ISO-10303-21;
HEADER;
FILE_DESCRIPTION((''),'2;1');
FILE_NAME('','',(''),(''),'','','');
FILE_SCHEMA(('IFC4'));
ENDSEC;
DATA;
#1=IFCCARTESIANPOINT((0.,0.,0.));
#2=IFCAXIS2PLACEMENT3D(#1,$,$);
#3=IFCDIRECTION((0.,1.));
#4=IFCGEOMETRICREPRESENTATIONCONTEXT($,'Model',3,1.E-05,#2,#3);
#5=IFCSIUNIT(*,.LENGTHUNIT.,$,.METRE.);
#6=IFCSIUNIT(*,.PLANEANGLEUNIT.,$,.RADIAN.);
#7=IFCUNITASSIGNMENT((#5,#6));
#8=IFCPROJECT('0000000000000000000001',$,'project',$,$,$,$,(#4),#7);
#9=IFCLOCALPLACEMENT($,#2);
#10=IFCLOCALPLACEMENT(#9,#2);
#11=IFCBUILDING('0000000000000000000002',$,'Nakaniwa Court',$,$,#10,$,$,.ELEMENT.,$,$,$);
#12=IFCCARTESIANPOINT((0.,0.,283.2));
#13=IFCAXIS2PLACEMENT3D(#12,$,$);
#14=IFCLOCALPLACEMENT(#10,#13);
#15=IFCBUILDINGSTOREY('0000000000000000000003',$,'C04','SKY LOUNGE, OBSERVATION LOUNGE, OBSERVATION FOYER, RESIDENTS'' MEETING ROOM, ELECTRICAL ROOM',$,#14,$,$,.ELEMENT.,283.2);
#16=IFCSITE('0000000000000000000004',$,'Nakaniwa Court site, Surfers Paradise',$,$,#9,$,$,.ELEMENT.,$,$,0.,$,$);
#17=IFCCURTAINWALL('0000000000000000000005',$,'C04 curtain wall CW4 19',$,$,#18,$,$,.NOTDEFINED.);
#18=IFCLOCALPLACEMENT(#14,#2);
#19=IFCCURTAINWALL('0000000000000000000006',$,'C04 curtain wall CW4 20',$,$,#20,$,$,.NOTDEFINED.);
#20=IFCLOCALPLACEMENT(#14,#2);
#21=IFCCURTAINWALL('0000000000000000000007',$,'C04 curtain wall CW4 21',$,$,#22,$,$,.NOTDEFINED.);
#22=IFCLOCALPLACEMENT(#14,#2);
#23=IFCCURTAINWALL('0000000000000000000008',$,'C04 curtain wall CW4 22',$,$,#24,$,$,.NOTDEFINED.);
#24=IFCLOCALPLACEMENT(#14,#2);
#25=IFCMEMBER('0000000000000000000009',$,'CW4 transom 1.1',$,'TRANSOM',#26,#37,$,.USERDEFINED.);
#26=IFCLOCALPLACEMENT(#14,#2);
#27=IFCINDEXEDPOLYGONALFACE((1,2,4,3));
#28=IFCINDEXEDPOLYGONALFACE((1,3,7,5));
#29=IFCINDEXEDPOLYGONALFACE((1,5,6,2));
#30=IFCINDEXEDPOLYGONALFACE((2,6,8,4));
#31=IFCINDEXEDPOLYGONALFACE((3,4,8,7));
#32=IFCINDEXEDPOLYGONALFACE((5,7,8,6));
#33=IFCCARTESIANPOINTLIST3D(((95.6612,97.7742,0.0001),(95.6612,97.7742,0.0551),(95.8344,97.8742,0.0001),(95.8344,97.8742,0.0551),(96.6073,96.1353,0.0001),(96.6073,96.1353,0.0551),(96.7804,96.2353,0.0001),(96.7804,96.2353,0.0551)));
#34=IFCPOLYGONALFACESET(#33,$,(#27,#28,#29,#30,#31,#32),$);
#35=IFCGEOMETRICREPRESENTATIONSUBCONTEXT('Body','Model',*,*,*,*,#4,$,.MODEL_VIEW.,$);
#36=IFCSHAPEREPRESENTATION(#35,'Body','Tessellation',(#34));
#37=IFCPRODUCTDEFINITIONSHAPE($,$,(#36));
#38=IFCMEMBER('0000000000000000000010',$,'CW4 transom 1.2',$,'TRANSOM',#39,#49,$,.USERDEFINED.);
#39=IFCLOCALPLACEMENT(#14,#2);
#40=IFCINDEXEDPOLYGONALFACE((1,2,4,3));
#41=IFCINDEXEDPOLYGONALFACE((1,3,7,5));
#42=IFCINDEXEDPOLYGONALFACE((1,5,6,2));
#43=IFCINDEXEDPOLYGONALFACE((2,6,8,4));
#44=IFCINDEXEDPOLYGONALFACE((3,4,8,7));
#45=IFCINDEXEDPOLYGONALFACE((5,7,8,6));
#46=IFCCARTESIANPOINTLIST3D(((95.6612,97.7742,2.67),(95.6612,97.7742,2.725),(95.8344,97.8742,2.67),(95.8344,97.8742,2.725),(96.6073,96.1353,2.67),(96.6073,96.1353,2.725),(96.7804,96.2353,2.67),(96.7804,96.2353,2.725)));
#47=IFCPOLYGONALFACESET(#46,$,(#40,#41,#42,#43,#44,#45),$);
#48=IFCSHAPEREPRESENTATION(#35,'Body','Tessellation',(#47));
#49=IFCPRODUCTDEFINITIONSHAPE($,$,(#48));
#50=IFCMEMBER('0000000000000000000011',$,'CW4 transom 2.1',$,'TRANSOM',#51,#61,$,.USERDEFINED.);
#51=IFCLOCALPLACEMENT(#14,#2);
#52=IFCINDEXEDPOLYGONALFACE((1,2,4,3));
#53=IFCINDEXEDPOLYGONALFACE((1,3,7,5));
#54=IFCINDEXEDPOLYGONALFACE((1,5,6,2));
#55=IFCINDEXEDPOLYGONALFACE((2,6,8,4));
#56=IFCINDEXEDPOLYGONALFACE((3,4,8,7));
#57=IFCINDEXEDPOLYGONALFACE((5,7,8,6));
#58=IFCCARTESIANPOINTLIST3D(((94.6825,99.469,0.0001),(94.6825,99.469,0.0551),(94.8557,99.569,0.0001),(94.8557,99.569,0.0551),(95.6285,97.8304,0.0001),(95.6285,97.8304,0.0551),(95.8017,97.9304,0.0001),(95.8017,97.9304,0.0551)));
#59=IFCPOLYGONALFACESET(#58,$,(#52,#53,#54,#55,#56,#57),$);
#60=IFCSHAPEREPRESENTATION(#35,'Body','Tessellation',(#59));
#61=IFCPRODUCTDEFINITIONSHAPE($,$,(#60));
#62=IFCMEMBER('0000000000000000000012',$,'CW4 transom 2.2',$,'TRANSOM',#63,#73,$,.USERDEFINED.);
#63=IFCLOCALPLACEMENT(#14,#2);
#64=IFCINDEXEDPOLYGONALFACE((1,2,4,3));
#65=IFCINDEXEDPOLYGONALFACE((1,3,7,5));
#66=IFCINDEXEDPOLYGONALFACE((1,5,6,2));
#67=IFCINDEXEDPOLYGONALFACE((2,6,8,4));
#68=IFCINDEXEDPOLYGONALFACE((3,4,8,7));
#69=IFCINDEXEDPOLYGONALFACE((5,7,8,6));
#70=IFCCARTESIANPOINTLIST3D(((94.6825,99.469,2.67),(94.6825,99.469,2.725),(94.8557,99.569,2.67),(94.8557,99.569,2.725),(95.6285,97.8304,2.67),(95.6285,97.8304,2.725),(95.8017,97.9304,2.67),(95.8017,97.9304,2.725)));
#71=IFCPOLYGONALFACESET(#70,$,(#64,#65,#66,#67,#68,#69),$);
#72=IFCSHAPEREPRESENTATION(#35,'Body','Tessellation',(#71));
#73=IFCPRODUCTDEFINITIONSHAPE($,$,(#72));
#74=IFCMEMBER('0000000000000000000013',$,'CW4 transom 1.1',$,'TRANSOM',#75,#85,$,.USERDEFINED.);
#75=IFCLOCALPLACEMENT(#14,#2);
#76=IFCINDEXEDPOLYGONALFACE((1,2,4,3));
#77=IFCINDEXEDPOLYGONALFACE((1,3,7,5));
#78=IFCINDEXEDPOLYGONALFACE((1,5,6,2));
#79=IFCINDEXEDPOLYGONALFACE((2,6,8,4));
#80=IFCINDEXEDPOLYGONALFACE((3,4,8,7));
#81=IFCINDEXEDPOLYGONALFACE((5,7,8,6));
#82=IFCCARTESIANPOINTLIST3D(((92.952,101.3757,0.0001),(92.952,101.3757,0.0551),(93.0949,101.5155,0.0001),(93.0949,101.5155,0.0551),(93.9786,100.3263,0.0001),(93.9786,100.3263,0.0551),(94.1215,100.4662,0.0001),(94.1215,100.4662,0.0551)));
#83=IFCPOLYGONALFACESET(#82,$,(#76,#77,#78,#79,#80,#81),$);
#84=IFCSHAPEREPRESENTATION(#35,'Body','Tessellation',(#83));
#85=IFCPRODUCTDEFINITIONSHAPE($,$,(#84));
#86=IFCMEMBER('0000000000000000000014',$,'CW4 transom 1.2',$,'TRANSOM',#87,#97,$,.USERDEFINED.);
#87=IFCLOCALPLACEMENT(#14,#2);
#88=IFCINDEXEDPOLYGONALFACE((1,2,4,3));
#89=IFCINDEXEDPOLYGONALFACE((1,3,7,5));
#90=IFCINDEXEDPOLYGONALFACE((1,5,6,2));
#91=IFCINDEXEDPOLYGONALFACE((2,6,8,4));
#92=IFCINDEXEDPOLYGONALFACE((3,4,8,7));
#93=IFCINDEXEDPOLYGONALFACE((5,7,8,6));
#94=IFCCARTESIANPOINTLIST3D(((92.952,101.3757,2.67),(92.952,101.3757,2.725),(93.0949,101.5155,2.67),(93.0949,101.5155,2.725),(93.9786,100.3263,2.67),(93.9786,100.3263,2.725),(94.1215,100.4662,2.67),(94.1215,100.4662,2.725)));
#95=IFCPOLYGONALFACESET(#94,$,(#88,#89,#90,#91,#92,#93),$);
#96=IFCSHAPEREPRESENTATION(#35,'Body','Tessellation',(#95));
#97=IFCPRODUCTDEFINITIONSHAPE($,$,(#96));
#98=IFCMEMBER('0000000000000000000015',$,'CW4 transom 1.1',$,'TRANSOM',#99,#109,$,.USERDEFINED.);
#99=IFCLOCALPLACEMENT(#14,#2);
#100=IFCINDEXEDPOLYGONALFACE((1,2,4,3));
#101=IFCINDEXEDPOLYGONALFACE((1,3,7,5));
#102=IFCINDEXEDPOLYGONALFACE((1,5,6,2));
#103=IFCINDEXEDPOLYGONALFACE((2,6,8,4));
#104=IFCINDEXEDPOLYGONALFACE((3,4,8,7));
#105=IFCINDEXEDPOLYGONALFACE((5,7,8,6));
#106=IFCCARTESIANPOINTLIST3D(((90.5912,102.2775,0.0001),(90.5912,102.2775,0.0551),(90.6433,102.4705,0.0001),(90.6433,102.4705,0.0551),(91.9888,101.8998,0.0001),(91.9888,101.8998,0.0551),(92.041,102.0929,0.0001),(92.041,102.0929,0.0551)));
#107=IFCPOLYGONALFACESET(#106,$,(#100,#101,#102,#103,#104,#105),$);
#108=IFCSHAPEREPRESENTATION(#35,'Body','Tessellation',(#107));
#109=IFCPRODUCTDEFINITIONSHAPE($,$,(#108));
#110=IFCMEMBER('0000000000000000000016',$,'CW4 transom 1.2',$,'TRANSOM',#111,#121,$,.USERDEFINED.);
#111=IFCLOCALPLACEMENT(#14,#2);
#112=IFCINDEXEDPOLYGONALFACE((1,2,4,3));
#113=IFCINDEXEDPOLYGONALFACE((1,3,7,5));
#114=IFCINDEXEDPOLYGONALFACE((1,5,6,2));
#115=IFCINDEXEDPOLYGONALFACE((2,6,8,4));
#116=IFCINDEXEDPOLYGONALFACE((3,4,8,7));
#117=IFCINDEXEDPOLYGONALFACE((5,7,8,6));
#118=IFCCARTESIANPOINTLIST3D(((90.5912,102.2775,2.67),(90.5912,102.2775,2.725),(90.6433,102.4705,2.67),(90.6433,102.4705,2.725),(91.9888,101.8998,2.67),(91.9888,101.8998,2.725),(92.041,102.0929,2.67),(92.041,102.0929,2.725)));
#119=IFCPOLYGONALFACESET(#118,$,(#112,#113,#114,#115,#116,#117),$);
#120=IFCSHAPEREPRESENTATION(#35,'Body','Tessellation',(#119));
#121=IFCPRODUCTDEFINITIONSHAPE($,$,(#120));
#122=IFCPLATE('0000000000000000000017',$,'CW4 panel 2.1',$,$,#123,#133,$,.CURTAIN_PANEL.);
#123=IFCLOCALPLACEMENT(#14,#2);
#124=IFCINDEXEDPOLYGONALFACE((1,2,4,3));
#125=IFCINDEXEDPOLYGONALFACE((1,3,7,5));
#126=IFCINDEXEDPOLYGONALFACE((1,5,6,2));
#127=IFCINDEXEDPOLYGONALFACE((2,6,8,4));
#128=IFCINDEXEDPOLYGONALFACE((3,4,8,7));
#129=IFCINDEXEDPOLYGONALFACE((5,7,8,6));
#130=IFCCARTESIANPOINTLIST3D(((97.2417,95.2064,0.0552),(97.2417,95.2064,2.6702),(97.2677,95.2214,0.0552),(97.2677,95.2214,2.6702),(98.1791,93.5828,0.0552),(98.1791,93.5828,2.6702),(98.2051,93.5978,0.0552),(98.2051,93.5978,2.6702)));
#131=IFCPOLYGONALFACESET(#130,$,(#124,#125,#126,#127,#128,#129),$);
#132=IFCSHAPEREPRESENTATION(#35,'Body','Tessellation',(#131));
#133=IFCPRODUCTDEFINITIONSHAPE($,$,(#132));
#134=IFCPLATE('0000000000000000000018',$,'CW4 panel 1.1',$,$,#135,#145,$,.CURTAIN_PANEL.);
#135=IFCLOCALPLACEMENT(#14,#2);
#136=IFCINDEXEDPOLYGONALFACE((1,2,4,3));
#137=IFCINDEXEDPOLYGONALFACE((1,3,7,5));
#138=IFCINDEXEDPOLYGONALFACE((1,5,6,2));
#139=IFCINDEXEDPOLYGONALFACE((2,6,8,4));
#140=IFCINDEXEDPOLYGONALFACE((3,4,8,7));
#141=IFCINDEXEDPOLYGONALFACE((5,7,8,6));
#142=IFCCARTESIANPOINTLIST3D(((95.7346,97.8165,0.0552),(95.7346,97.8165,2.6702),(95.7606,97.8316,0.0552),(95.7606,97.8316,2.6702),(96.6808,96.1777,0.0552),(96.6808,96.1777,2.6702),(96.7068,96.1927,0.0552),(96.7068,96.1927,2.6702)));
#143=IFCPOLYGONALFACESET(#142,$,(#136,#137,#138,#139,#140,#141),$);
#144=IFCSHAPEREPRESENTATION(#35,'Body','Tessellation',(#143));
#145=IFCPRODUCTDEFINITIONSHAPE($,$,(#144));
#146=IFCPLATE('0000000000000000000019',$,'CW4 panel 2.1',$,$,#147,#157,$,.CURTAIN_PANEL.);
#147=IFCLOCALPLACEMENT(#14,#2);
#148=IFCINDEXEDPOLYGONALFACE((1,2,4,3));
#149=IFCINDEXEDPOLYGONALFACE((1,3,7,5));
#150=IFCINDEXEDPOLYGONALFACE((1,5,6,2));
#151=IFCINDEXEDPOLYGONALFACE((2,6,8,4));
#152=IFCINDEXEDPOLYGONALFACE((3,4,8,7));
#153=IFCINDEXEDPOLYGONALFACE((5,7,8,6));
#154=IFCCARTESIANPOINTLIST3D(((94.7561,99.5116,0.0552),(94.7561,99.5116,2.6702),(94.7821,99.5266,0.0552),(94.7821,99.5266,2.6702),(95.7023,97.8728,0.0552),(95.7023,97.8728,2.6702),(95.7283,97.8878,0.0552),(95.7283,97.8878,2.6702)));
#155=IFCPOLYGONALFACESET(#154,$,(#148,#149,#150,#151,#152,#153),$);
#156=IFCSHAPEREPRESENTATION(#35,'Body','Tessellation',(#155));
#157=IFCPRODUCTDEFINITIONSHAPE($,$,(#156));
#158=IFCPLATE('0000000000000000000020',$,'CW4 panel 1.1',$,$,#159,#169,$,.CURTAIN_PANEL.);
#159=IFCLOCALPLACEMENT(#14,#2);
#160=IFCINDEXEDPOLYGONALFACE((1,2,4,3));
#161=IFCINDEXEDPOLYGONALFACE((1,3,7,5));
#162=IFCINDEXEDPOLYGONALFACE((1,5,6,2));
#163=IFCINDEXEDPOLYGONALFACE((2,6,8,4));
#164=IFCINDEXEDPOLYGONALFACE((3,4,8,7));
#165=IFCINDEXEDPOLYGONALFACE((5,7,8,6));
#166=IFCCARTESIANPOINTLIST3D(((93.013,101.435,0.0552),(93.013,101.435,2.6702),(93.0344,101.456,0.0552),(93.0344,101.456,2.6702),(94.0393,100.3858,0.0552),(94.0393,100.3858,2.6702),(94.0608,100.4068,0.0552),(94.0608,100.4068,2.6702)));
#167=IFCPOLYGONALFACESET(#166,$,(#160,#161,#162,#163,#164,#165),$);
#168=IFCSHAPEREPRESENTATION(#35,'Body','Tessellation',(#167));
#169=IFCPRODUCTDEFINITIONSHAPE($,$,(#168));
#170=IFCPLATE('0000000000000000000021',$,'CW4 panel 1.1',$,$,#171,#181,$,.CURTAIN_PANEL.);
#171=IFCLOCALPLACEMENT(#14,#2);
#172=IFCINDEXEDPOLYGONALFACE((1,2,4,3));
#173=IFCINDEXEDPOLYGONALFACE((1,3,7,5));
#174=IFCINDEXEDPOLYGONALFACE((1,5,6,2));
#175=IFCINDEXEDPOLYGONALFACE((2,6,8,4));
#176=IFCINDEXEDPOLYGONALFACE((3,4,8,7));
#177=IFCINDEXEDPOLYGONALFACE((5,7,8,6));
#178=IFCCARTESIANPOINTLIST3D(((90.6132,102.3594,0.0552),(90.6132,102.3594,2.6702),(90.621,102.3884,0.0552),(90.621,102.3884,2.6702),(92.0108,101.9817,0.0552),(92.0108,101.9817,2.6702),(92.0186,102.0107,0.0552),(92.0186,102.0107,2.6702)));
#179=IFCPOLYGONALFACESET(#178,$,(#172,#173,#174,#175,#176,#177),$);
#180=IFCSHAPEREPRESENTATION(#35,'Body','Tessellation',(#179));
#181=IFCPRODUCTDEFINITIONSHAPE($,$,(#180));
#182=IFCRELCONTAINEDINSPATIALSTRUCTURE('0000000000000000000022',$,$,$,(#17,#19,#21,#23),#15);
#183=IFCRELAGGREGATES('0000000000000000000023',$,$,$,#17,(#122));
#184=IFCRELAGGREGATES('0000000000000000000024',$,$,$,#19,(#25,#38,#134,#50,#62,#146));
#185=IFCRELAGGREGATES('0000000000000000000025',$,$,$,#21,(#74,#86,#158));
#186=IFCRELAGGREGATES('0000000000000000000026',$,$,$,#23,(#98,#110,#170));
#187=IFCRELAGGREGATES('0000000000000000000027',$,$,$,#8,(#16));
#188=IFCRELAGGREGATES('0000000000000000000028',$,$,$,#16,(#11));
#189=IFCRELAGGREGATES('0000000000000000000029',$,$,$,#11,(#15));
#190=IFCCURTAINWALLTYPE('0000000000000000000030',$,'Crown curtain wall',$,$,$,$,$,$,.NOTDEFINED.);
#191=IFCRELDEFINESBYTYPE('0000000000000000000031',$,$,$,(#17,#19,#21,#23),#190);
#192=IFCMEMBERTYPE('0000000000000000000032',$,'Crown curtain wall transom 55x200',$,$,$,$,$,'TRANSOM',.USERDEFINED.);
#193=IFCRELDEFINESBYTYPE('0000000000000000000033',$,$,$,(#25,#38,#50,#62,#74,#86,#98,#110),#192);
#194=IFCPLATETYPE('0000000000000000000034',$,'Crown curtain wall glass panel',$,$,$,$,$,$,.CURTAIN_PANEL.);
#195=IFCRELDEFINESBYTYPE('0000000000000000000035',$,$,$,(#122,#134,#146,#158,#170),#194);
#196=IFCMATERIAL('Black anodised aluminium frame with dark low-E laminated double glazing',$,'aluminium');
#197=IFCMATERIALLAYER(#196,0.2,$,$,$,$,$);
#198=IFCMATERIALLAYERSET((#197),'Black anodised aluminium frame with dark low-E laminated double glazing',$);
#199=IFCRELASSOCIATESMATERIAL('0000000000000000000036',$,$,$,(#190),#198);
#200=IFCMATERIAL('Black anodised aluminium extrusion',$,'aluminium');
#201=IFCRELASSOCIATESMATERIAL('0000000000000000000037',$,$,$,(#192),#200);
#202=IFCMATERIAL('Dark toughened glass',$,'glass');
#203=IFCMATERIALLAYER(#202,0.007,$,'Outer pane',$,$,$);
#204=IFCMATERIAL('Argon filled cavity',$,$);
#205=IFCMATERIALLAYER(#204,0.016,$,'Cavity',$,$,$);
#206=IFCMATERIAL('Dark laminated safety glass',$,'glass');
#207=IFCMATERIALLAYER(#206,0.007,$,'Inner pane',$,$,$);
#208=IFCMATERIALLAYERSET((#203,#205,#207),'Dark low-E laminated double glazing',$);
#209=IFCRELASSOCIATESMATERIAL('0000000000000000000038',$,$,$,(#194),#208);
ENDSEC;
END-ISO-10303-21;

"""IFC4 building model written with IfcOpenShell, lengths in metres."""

from ifc_helpers import new_model, si_unit, direction, frame, origin, origin_2d, place, context, subcontext, project, spatial, rectangle, extrude, material, layer, layer_set, material_profile, profile_set, type_object, element, aggregate, save


model = new_model("IFC4")

# Units and contexts
model_context = context("Model", 3, precision=1e-05, world=origin(), true_north=direction((0.0, 1.0)))
body_context = subcontext(model_context, "Body", "Model", "MODEL_VIEW")
ifc_project = project(units=[si_unit("LENGTHUNIT", "METRE"), si_unit("PLANEANGLEUNIT", "RADIAN")], contexts=[model_context])

# Site, building, storey
site_placement = place(None, origin())
site = spatial("IfcSite", under=ifc_project, at=site_placement, Name="Nakaniwa Court site, Surfers Paradise", CompositionType="ELEMENT", RefElevation=0.0)
building_placement = place(site_placement, origin())
building = spatial("IfcBuilding", under=site, at=building_placement, Name="Nakaniwa Court", CompositionType="ELEMENT")
storey_placement = place(building_placement, frame((0.0, 0.0, 283.2)))
storey = spatial("IfcBuildingStorey", under=building, at=storey_placement, Name="C04", Description="SKY LOUNGE, OBSERVATION LOUNGE, OBSERVATION FOYER, RESIDENTS' MEETING ROOM, ELECTRICAL ROOM", CompositionType="ELEMENT", Elevation=283.2)

# Curtain wall
ifc_material_1 = material(Name="Black anodised aluminium frame with dark low-E laminated double glazing", Category="aluminium")
ifc_layer_1 = layer(ifc_material_1, 0.2)
ifc_layer_set_1 = layer_set([ifc_layer_1], Name="Black anodised aluminium frame with dark low-E laminated double glazing")
curtain_wall_type = type_object("IfcCurtainWallType", Name="Crown curtain wall", PredefinedType="NOTDEFINED", material=ifc_layer_set_1)
curtain_wall_1_placement = place(storey_placement, origin())
curtain_wall_1 = element("IfcCurtainWall", 1, at=curtain_wall_1_placement, inside=storey, type_object=curtain_wall_type, Name="C04 curtain wall CW4 19", PredefinedType="NOTDEFINED")
ifc_material_2 = material(Name="Black anodised aluminium extrusion", Category="aluminium")

# Curtain walls
curtain_wall_2_placement = place(storey_placement, origin())
curtain_wall_2 = element("IfcCurtainWall", 2, at=curtain_wall_2_placement, inside=storey, type_object=curtain_wall_type, Name="C04 curtain wall CW4 20", PredefinedType="NOTDEFINED")
curtain_wall_3_placement = place(storey_placement, origin())
curtain_wall_3 = element("IfcCurtainWall", 3, at=curtain_wall_3_placement, inside=storey, type_object=curtain_wall_type, Name="C04 curtain wall CW4 21", PredefinedType="NOTDEFINED")
curtain_wall_4_placement = place(storey_placement, origin())
curtain_wall_4 = element("IfcCurtainWall", 4, at=curtain_wall_4_placement, inside=storey, type_object=curtain_wall_type, Name="C04 curtain wall CW4 22", PredefinedType="NOTDEFINED")

# Members
ifc_material_profile_1 = material_profile(ifc_material_2, rectangle(XDim=0.2, YDim=0.0549, at=origin_2d()), Name="Crown curtain wall transom 55x200")
ifc_profile_set_1 = profile_set([ifc_material_profile_1], Name="Black anodised aluminium extrusion")
member_type_1 = type_object("IfcMemberType", Name="Crown curtain wall transom 55x200", ElementType="TRANSOM", PredefinedType="USERDEFINED", material=ifc_profile_set_1)
member_1_placement = place(storey_placement, frame((96.6938, 96.1853, 0.0276), z_axis=(-0.499927, 0.866067, 0.0), x_axis=(-0.866067, -0.499927, 0.0)))
member_1 = element("IfcMember", 5, at=member_1_placement, type_object=member_type_1, Name="CW4 transom 1.1", ObjectType="TRANSOM", PredefinedType="USERDEFINED", context=body_context, shape_type="SweptSolid", body=[
    extrude(rectangle(XDim=0.2, YDim=0.0549, at=origin_2d()), origin(), (0.0, 0.0, 1.0), 1.8923),
])
member_2_placement = place(storey_placement, frame((96.6938, 96.1853, 2.6975), z_axis=(-0.499927, 0.866067, 0.0), x_axis=(-0.866067, -0.499927, 0.0)))
member_2 = element("IfcMember", 6, at=member_2_placement, type_object=member_type_1, Name="CW4 transom 1.2", ObjectType="TRANSOM", PredefinedType="USERDEFINED", context=body_context, shape_type="SweptSolid", body=[
    extrude(rectangle(XDim=0.2, YDim=0.0549, at=origin_2d()), origin(), (0.0, 0.0, 1.0), 1.8923),
])
member_3_placement = place(storey_placement, frame((95.7151, 97.8804, 0.0276), z_axis=(-0.499983, 0.866035, 0.0), x_axis=(-0.866035, -0.499983, 0.0)))
member_3 = element("IfcMember", 7, at=member_3_placement, type_object=member_type_1, Name="CW4 transom 2.1", ObjectType="TRANSOM", PredefinedType="USERDEFINED", context=body_context, shape_type="SweptSolid", body=[
    extrude(rectangle(XDim=0.2, YDim=0.0549, at=origin_2d()), origin(), (0.0, 0.0, 1.0), 1.8921),
])
member_4_placement = place(storey_placement, frame((95.7151, 97.8804, 2.6975), z_axis=(-0.499983, 0.866035, 0.0), x_axis=(-0.866035, -0.499983, 0.0)))
member_4 = element("IfcMember", 8, at=member_4_placement, type_object=member_type_1, Name="CW4 transom 2.2", ObjectType="TRANSOM", PredefinedType="USERDEFINED", context=body_context, shape_type="SweptSolid", body=[
    extrude(rectangle(XDim=0.2, YDim=0.0549, at=origin_2d()), origin(), (0.0, 0.0, 1.0), 1.8921),
])
member_5_placement = place(storey_placement, frame((94.05, 100.3962, 0.0276), z_axis=(-0.699331, 0.714798, 0.0), x_axis=(-0.714798, -0.699331, 0.0)))
member_5 = element("IfcMember", 9, at=member_5_placement, type_object=member_type_1, Name="CW4 transom 1.1", ObjectType="TRANSOM", PredefinedType="USERDEFINED", context=body_context, shape_type="SweptSolid", body=[
    extrude(rectangle(XDim=0.2, YDim=0.0549, at=origin_2d()), origin(), (0.0, 0.0, 1.0), 1.468),
])
member_6_placement = place(storey_placement, frame((94.05, 100.3962, 2.6975), z_axis=(-0.699331, 0.714798, 0.0), x_axis=(-0.714798, -0.699331, 0.0)))
member_6 = element("IfcMember", 10, at=member_6_placement, type_object=member_type_1, Name="CW4 transom 1.2", ObjectType="TRANSOM", PredefinedType="USERDEFINED", context=body_context, shape_type="SweptSolid", body=[
    extrude(rectangle(XDim=0.2, YDim=0.0549, at=origin_2d()), origin(), (0.0, 0.0, 1.0), 1.468),
])
member_7_placement = place(storey_placement, frame((92.0149, 101.9963, 0.0276), z_axis=(-0.965376, 0.260862, 0.0), x_axis=(-0.260862, -0.965376, 0.0)))
member_7 = element("IfcMember", 11, at=member_7_placement, type_object=member_type_1, Name="CW4 transom 1.1", ObjectType="TRANSOM", PredefinedType="USERDEFINED", context=body_context, shape_type="SweptSolid", body=[
    extrude(rectangle(XDim=0.2, YDim=0.0549, at=origin_2d()), origin(), (0.0, 0.0, 1.0), 1.4478),
])
member_8_placement = place(storey_placement, frame((92.0149, 101.9963, 2.6975), z_axis=(-0.965376, 0.260862, 0.0), x_axis=(-0.260862, -0.965376, 0.0)))
member_8 = element("IfcMember", 12, at=member_8_placement, type_object=member_type_1, Name="CW4 transom 1.2", ObjectType="TRANSOM", PredefinedType="USERDEFINED", context=body_context, shape_type="SweptSolid", body=[
    extrude(rectangle(XDim=0.2, YDim=0.0549, at=origin_2d()), origin(), (0.0, 0.0, 1.0), 1.4478),
])

# Plates
ifc_material_3 = material(Name="Dark toughened glass", Category="glass")
ifc_layer_2 = layer(ifc_material_3, 0.007, Name="Outer pane")
ifc_material_4 = material(Name="Argon filled cavity")
ifc_layer_3 = layer(ifc_material_4, 0.016, Name="Cavity")
ifc_material_5 = material(Name="Dark laminated safety glass", Category="glass")
ifc_layer_4 = layer(ifc_material_5, 0.007, Name="Inner pane")
ifc_layer_set_2 = layer_set([ifc_layer_2, ifc_layer_3, ifc_layer_4], Name="Dark low-E laminated double glazing")
plate_type = type_object("IfcPlateType", Name="Crown curtain wall glass panel", PredefinedType="CURTAIN_PANEL", material=ifc_layer_set_2)
plate_1_placement = place(storey_placement, frame((97.7234, 94.4021, 0.0552), z_axis=(0.0, 0.0, 1.0), x_axis=(-0.499987, 0.866033, 0.0)))
plate_1 = element("IfcPlate", 13, at=plate_1_placement, type_object=plate_type, Name="CW4 panel 2.1", PredefinedType="CURTAIN_PANEL", context=body_context, shape_type="SweptSolid", body=[
    extrude(rectangle(XDim=1.8748, YDim=0.03, at=origin_2d()), origin(), (0.0, 0.0, 1.0), 2.615),
])
aggregate(curtain_wall_1, [plate_1])
plate_2_placement = place(storey_placement, frame((96.2207, 97.0046, 0.0552), z_axis=(0.0, 0.0, 1.0), x_axis=(-0.499996, 0.866028, 0.0)))
plate_2 = element("IfcPlate", 14, at=plate_2_placement, type_object=plate_type, Name="CW4 panel 1.1", PredefinedType="CURTAIN_PANEL", context=body_context, shape_type="SweptSolid", body=[
    extrude(rectangle(XDim=1.8923, YDim=0.03, at=origin_2d()), origin(), (0.0, 0.0, 1.0), 2.615),
])
plate_3_placement = place(storey_placement, frame((95.2422, 98.6997, 0.0552), z_axis=(0.0, 0.0, 1.0), x_axis=(-0.499996, 0.866028, 0.0)))
plate_3 = element("IfcPlate", 15, at=plate_3_placement, type_object=plate_type, Name="CW4 panel 2.1", PredefinedType="CURTAIN_PANEL", context=body_context, shape_type="SweptSolid", body=[
    extrude(rectangle(XDim=1.8923, YDim=0.03, at=origin_2d()), origin(), (0.0, 0.0, 1.0), 2.615),
])
aggregate(curtain_wall_2, [member_1, member_2, plate_2, member_3, member_4, plate_3])
plate_4_placement = place(storey_placement, frame((93.5369, 100.9209, 0.0552), z_axis=(0.0, 0.0, 1.0), x_axis=(-0.699241, 0.714886, 0.0)))
plate_4 = element("IfcPlate", 16, at=plate_4_placement, type_object=plate_type, Name="CW4 panel 1.1", PredefinedType="CURTAIN_PANEL", context=body_context, shape_type="SweptSolid", body=[
    extrude(rectangle(XDim=1.4678, YDim=0.03, at=origin_2d()), origin(), (0.0, 0.0, 1.0), 2.615),
])
aggregate(curtain_wall_3, [member_5, member_6, plate_4])
plate_5_placement = place(storey_placement, frame((91.3159, 102.1851, 0.0552), z_axis=(0.0, 0.0, 1.0), x_axis=(-0.965375, 0.260864, 0.0)))
plate_5 = element("IfcPlate", 17, at=plate_5_placement, type_object=plate_type, Name="CW4 panel 1.1", PredefinedType="CURTAIN_PANEL", context=body_context, shape_type="SweptSolid", body=[
    extrude(rectangle(XDim=1.4478, YDim=0.03, at=origin_2d()), origin(), (0.0, 0.0, 1.0), 2.615),
])
aggregate(curtain_wall_4, [member_7, member_8, plate_5])

save(model, "model.ifc")
